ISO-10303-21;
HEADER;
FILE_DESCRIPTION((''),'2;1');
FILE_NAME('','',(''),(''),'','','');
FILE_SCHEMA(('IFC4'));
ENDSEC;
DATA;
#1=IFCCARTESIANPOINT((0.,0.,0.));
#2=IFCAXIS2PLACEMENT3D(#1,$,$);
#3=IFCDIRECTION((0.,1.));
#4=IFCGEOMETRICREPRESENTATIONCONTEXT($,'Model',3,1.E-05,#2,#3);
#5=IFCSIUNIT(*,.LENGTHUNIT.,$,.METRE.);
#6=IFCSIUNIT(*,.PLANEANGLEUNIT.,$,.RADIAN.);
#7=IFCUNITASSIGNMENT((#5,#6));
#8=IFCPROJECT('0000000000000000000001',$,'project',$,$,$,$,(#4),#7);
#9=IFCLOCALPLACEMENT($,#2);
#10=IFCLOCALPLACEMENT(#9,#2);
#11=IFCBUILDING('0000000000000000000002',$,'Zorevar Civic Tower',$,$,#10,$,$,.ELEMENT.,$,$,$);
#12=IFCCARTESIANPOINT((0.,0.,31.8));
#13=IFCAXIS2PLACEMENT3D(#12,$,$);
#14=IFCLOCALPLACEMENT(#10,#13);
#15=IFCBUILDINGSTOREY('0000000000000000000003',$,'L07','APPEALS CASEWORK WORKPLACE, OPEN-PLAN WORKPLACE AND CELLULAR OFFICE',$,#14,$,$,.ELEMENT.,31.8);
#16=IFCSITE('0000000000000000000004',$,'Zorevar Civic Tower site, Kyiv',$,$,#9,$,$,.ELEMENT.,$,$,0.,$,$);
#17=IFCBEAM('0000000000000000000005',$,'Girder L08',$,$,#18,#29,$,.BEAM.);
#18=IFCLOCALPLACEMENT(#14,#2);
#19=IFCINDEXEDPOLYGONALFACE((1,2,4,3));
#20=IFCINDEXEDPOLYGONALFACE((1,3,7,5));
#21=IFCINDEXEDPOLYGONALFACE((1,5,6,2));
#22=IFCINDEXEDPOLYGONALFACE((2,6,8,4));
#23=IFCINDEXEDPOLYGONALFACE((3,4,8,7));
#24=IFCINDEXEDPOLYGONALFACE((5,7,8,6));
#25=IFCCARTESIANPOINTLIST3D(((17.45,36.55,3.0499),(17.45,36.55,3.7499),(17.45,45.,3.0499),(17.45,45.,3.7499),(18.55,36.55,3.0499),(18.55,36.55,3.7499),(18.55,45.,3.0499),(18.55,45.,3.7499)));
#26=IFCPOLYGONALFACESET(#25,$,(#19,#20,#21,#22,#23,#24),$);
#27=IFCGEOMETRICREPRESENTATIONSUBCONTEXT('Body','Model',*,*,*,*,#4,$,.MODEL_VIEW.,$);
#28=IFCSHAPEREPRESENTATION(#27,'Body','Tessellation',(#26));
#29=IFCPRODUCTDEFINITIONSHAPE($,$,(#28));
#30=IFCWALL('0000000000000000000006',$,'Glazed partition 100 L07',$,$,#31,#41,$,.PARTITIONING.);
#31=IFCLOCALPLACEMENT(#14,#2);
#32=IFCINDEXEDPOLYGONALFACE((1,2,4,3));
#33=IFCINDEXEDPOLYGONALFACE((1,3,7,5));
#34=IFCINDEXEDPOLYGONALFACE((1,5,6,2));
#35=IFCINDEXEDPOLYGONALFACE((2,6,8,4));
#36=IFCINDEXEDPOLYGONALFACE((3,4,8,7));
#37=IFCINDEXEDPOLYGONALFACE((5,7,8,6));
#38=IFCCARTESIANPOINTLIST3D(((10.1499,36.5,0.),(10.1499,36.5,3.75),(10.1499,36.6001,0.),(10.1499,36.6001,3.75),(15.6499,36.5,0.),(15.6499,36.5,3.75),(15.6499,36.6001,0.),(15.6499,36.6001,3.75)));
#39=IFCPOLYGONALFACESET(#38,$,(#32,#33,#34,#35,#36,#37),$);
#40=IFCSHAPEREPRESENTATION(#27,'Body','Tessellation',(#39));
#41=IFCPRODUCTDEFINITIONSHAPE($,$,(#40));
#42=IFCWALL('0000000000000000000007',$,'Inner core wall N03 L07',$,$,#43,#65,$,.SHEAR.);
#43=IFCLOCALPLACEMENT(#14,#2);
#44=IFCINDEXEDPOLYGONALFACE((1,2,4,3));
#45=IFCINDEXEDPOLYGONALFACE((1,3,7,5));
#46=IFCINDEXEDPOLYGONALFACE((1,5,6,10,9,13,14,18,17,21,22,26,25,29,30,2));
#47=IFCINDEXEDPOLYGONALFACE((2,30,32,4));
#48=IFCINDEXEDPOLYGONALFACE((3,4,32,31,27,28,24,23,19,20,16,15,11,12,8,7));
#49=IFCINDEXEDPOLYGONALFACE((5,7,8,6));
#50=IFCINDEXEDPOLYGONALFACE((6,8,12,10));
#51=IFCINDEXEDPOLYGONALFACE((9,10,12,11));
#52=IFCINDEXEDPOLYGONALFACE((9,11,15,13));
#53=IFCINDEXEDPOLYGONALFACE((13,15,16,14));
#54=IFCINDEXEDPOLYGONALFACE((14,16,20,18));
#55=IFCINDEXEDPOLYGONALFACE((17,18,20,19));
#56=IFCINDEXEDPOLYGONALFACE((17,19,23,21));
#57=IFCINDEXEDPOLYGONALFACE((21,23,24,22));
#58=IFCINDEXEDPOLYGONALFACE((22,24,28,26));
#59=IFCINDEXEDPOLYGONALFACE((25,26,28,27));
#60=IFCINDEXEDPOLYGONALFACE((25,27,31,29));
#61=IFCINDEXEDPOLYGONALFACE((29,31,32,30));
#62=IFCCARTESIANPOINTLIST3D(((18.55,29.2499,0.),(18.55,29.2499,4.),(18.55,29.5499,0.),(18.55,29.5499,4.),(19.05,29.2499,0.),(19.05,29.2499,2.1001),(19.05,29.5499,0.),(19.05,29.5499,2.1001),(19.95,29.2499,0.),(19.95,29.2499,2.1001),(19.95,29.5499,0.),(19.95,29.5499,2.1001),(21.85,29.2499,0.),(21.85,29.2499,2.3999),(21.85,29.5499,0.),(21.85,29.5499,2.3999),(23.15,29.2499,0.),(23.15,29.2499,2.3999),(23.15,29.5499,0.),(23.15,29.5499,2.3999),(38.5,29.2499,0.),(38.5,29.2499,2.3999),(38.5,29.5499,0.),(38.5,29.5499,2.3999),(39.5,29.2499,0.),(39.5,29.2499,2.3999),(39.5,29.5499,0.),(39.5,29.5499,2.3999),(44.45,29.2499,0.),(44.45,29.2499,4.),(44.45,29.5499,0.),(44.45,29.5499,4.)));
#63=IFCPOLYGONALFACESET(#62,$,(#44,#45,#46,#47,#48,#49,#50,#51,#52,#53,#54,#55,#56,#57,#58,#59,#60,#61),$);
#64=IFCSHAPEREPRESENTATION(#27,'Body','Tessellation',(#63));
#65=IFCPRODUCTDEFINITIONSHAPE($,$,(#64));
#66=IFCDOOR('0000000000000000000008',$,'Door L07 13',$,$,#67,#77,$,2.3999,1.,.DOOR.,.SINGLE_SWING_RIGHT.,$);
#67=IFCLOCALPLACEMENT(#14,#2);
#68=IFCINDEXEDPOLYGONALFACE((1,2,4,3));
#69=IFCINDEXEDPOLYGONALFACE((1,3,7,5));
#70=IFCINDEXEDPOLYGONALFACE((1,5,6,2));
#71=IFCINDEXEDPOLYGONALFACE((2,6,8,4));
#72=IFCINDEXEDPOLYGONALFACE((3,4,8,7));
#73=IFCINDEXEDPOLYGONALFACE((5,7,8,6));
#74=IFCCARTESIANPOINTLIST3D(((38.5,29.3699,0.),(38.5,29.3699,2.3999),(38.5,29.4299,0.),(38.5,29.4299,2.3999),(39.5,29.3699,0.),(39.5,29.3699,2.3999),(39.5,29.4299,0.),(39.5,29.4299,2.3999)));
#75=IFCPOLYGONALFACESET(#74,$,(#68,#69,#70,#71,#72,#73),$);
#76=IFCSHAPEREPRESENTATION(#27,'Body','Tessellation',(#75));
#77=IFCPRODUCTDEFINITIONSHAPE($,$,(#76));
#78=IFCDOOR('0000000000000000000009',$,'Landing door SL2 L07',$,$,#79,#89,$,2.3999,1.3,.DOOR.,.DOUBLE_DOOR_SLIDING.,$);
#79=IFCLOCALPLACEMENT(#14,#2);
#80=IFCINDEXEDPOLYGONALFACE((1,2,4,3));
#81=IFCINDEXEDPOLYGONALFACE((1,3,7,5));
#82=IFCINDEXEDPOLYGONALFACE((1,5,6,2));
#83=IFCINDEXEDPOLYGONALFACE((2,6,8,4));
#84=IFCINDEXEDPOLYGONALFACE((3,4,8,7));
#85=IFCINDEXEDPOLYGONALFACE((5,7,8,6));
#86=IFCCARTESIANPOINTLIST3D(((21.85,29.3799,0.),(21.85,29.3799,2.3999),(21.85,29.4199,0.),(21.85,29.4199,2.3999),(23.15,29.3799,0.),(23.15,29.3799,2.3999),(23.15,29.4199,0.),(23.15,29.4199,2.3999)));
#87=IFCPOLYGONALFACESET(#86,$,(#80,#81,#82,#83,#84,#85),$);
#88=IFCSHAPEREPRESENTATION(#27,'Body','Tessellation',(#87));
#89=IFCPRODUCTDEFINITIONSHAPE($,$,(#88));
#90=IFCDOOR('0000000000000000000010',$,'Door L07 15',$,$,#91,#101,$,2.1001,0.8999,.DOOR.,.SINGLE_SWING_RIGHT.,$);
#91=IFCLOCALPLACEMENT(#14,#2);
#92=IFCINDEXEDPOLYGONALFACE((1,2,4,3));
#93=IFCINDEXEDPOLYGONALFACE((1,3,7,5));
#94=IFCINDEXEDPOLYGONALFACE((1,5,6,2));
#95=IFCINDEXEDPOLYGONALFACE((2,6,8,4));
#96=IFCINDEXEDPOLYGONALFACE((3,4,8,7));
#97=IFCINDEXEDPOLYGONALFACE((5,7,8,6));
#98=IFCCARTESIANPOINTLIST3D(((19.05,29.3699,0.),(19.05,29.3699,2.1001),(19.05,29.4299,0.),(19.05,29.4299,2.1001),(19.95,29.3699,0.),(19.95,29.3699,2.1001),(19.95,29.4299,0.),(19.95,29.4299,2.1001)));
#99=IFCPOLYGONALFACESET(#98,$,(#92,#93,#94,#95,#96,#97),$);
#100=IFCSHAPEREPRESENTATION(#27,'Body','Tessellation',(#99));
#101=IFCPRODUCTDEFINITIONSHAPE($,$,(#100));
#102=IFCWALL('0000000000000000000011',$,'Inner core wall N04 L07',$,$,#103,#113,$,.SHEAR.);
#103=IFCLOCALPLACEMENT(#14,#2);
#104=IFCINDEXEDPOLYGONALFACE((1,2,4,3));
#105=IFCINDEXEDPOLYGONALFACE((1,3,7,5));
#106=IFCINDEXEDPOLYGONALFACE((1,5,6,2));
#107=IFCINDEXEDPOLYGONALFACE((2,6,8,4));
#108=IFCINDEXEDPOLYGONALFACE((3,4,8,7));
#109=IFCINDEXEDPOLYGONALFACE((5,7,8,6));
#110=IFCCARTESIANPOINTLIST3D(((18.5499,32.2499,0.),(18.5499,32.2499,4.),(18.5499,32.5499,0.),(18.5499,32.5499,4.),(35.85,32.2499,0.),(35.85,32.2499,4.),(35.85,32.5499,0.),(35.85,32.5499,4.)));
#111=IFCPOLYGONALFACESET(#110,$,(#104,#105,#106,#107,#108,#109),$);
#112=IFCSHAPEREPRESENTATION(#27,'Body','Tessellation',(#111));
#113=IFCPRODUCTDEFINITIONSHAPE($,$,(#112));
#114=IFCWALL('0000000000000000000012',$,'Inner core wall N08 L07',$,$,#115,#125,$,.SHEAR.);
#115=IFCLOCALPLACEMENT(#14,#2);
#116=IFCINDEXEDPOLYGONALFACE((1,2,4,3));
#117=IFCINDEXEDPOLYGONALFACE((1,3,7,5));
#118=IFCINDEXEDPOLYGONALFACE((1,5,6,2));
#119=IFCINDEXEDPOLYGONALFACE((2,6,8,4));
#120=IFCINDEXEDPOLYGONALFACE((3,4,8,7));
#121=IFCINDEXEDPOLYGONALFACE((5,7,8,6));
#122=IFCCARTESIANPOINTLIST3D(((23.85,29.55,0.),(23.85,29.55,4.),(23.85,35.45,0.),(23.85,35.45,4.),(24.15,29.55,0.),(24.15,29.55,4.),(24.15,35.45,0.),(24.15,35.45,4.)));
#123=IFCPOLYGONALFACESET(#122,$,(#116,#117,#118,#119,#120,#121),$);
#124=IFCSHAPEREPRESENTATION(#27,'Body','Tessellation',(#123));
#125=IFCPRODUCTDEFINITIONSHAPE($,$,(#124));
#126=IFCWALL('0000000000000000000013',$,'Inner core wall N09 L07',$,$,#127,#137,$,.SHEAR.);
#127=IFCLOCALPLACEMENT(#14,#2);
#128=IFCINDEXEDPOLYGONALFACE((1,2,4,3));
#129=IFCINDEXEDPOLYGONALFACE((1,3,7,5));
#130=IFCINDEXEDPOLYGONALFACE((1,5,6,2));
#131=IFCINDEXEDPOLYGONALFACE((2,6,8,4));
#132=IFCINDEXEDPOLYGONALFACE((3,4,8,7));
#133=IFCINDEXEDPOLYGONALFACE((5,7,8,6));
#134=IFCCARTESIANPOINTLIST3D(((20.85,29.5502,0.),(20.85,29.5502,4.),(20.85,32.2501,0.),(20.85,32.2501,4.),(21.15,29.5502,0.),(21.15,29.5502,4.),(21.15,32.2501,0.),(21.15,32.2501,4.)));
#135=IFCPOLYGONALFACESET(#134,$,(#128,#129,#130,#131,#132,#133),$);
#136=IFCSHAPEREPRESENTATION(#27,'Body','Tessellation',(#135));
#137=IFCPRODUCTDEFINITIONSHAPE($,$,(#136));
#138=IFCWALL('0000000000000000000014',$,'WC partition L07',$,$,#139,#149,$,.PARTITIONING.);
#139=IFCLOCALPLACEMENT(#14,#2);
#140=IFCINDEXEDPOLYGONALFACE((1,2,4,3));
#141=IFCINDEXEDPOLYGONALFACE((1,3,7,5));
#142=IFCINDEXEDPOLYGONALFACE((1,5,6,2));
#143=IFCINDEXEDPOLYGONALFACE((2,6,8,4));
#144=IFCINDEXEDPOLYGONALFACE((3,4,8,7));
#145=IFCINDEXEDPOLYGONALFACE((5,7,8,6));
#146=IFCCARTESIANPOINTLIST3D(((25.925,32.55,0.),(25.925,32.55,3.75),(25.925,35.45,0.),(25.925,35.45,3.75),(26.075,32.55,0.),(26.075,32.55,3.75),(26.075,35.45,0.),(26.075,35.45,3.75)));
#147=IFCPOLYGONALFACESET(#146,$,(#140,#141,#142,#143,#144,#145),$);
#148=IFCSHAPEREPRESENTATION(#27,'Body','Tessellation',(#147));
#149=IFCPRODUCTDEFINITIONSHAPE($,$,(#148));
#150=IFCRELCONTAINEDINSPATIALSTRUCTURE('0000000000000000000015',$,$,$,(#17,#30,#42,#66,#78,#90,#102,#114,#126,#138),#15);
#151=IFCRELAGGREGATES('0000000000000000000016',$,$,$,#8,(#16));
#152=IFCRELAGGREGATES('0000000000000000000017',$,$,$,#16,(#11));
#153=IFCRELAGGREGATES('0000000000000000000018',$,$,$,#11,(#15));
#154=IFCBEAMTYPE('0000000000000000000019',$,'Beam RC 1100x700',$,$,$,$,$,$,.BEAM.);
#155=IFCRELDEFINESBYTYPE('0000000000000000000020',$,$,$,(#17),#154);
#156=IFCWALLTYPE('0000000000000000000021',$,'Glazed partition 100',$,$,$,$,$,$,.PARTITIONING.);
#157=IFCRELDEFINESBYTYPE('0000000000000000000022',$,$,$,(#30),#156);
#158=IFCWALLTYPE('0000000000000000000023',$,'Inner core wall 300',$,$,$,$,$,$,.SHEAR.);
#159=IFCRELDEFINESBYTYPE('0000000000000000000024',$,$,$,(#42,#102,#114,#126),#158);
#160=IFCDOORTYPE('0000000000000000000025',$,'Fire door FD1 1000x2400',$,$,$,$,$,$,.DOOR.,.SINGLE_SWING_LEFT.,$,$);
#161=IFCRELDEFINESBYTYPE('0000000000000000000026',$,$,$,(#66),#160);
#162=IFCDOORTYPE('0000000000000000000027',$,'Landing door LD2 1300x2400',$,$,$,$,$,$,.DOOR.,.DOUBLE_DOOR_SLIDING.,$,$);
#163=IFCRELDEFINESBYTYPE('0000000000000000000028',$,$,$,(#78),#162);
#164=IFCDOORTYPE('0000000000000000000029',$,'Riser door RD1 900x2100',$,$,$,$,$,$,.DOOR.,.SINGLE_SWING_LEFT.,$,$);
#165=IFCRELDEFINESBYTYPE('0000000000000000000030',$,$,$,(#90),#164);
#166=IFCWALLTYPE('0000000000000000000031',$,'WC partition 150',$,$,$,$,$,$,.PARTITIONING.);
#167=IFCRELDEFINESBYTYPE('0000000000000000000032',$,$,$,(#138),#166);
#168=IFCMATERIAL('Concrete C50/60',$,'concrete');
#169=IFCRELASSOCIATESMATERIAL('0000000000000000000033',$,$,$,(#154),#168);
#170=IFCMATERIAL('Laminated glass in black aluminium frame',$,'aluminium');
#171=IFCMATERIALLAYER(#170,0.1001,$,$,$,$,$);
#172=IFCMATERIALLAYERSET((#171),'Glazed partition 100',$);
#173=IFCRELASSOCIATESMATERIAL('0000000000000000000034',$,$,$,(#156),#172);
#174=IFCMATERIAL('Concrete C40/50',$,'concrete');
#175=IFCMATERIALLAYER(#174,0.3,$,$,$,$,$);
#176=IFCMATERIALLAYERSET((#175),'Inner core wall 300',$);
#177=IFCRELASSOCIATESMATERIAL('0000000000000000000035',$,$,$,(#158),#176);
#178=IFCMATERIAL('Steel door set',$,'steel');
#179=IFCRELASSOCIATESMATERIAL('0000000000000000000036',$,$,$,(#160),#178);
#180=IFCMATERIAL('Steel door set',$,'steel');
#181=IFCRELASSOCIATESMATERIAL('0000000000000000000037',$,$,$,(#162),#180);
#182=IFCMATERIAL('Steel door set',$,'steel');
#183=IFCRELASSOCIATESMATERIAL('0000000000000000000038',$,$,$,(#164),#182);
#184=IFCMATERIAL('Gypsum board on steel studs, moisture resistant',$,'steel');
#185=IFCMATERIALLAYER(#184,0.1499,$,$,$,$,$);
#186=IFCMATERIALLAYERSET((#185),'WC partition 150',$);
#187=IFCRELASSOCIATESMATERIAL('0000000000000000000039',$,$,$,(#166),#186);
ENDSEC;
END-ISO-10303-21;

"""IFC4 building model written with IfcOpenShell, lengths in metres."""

from ifc_helpers import new_model, si_unit, direction, frame, frame_2d, origin, origin_2d, place, context, subcontext, project, spatial, rectangle, extrude, material, layer, layer_set, material_profile, profile_set, type_object, element, fill, save


model = new_model("IFC4")

# Units and contexts
model_context = context("Model", 3, precision=1e-05, world=origin(), true_north=direction((0.0, 1.0)))
body_context = subcontext(model_context, "Body", "Model", "MODEL_VIEW")
ifc_project = project(units=[si_unit("LENGTHUNIT", "METRE"), si_unit("PLANEANGLEUNIT", "RADIAN")], contexts=[model_context])

# Site, building, storey
site_placement = place(None, origin())
site = spatial("IfcSite", under=ifc_project, at=site_placement, Name="Zorevar Civic Tower site, Kyiv", CompositionType="ELEMENT", RefElevation=0.0)
building_placement = place(site_placement, origin())
building = spatial("IfcBuilding", under=site, at=building_placement, Name="Zorevar Civic Tower", CompositionType="ELEMENT")
storey_placement = place(building_placement, frame((0.0, 0.0, 31.8)))
storey = spatial("IfcBuildingStorey", under=building, at=storey_placement, Name="L07", Description="APPEALS CASEWORK WORKPLACE, OPEN-PLAN WORKPLACE AND CELLULAR OFFICE", CompositionType="ELEMENT", Elevation=31.8)

# Beam
ifc_material_1 = material(Name="Concrete C50/60", Category="concrete")
ifc_material_profile = material_profile(ifc_material_1, rectangle(XDim=1.1001, YDim=0.7, at=origin_2d()), Name="RC 1100x700")
ifc_profile_set = profile_set([ifc_material_profile], Name="Concrete C50/60")
beam_type = type_object("IfcBeamType", Name="Beam RC 1100x700", PredefinedType="BEAM", material=ifc_profile_set)
beam_placement = place(storey_placement, frame((18.0, 36.55, 3.3999), z_axis=(0.0, 1.0, 0.0), x_axis=(-1.0, 0.0, 0.0)))
element("IfcBeam", 1, at=beam_placement, inside=storey, type_object=beam_type, Name="Girder L08", PredefinedType="BEAM", context=body_context, shape_type="SweptSolid", body=[
    extrude(rectangle(XDim=1.1001, YDim=0.7, at=origin_2d()), origin(), (0.0, 0.0, 1.0), 8.45),
])

# Wall
ifc_material_2 = material(Name="Laminated glass in black aluminium frame", Category="aluminium")
ifc_layer_1 = layer(ifc_material_2, 0.1001)
ifc_layer_set_1 = layer_set([ifc_layer_1], Name="Glazed partition 100")
wall_type_1 = type_object("IfcWallType", Name="Glazed partition 100", PredefinedType="PARTITIONING", material=ifc_layer_set_1)
wall_1_placement = place(storey_placement, frame((10.1499, 36.55, 0.0), z_axis=(0.0, 0.0, 1.0), x_axis=(1.0, 0.0, 0.0)))
element("IfcWall", 2, at=wall_1_placement, inside=storey, type_object=wall_type_1, Name="Glazed partition 100 L07", PredefinedType="PARTITIONING", context=body_context, shape_type="SweptSolid", body=[
    extrude(rectangle(XDim=5.5, YDim=0.1001, at=frame_2d((2.75, 0.0))), origin(), (0.0, 0.0, 1.0), 3.75),
])

# Wall, openings, doors
ifc_material_3 = material(Name="Concrete C40/50", Category="concrete")
ifc_layer_2 = layer(ifc_material_3, 0.3)
ifc_layer_set_2 = layer_set([ifc_layer_2], Name="Inner core wall 300")
wall_type_2 = type_object("IfcWallType", Name="Inner core wall 300", PredefinedType="SHEAR", material=ifc_layer_set_2)
wall_2_placement = place(storey_placement, frame((18.55, 29.3999, 0.0), z_axis=(0.0, 0.0, 1.0), x_axis=(1.0, 0.0, 0.0)))
wall_2 = element("IfcWall", 3, at=wall_2_placement, inside=storey, type_object=wall_type_2, Name="Inner core wall N03 L07", PredefinedType="SHEAR", context=body_context, shape_type="SweptSolid", body=[
    extrude(rectangle(XDim=25.8999, YDim=0.3, at=frame_2d((12.95, 0.0))), origin(), (0.0, 0.0, 1.0), 4.0),
])
opening_1_placement = place(wall_2_placement, frame((19.95, 0.0, 0.0)))
opening_1 = element("IfcOpeningElement", 4, at=opening_1_placement, cuts=wall_2, PredefinedType="OPENING", context=body_context, shape_type="SweptSolid", body=[
    extrude(rectangle(XDim=1.0, YDim=2.3999, at=frame_2d((0.5, 1.2))), frame((0.0, 0.1599, 0.0), z_axis=(0.0, -1.0, 0.0), x_axis=(1.0, 0.0, 0.0)), (0.0, 0.0, 1.0), 0.3201),
])
opening_2_placement = place(wall_2_placement, frame((0.5, 0.0, 0.0)))
opening_2 = element("IfcOpeningElement", 5, at=opening_2_placement, cuts=wall_2, PredefinedType="OPENING", context=body_context, shape_type="SweptSolid", body=[
    extrude(rectangle(XDim=0.8999, YDim=2.1001, at=frame_2d((0.45, 1.05))), frame((0.0, 0.1599, 0.0), z_axis=(0.0, -1.0, 0.0), x_axis=(1.0, 0.0, 0.0)), (0.0, 0.0, 1.0), 0.3201),
])
opening_3_placement = place(wall_2_placement, frame((3.3, 0.0, 0.0)))
opening_3 = element("IfcOpeningElement", 6, at=opening_3_placement, cuts=wall_2, PredefinedType="OPENING", context=body_context, shape_type="SweptSolid", body=[
    extrude(rectangle(XDim=1.3, YDim=2.3999, at=frame_2d((0.6499, 1.2))), frame((0.0, 0.1599, 0.0), z_axis=(0.0, -1.0, 0.0), x_axis=(1.0, 0.0, 0.0)), (0.0, 0.0, 1.0), 0.3201),
])
ifc_material_4 = material(Name="Steel door set", Category="steel")
door_type_1 = type_object("IfcDoorType", Name="Fire door FD1 1000x2400", OperationType="SINGLE_SWING_LEFT", PredefinedType="DOOR", material=ifc_material_4)
door_1_placement = place(opening_1_placement, origin())
door_1 = element("IfcDoor", 7, at=door_1_placement, inside=storey, type_object=door_type_1, Name="Door L07 13", OperationType="SINGLE_SWING_RIGHT", OverallHeight=2.3999, OverallWidth=1.0, PredefinedType="DOOR", context=body_context, shape_type="SweptSolid", body=[
    extrude(rectangle(XDim=1.0, YDim=2.3999, at=frame_2d((0.5, 1.2))), frame((0.0, 0.03, 0.0), z_axis=(0.0, -1.0, 0.0), x_axis=(1.0, 0.0, 0.0)), (0.0, 0.0, 1.0), 0.0601),
])
fill(opening_1, door_1)
ifc_material_5 = material(Name="Steel door set", Category="steel")
door_type_2 = type_object("IfcDoorType", Name="Landing door LD2 1300x2400", OperationType="DOUBLE_DOOR_SLIDING", PredefinedType="DOOR", material=ifc_material_5)
door_2_placement = place(opening_3_placement, origin())
door_2 = element("IfcDoor", 8, at=door_2_placement, inside=storey, type_object=door_type_2, Name="Landing door SL2 L07", OperationType="DOUBLE_DOOR_SLIDING", OverallHeight=2.3999, OverallWidth=1.3, PredefinedType="DOOR", context=body_context, shape_type="SweptSolid", body=[
    extrude(rectangle(XDim=1.3, YDim=2.3999, at=frame_2d((0.6499, 1.2))), frame((0.0, 0.02, 0.0), z_axis=(0.0, -1.0, 0.0), x_axis=(1.0, 0.0, 0.0)), (0.0, 0.0, 1.0), 0.04),
])
fill(opening_3, door_2)
ifc_material_6 = material(Name="Steel door set", Category="steel")
door_type_3 = type_object("IfcDoorType", Name="Riser door RD1 900x2100", OperationType="SINGLE_SWING_LEFT", PredefinedType="DOOR", material=ifc_material_6)
door_3_placement = place(opening_2_placement, origin())
door_3 = element("IfcDoor", 9, at=door_3_placement, inside=storey, type_object=door_type_3, Name="Door L07 15", OperationType="SINGLE_SWING_RIGHT", OverallHeight=2.1001, OverallWidth=0.8999, PredefinedType="DOOR", context=body_context, shape_type="SweptSolid", body=[
    extrude(rectangle(XDim=0.8999, YDim=2.1001, at=frame_2d((0.45, 1.05))), frame((0.0, 0.03, 0.0), z_axis=(0.0, -1.0, 0.0), x_axis=(1.0, 0.0, 0.0)), (0.0, 0.0, 1.0), 0.0601),
])
fill(opening_2, door_3)

# Walls
wall_3_placement = place(storey_placement, frame((18.55, 32.3999, 0.0), z_axis=(0.0, 0.0, 1.0), x_axis=(1.0, 0.0, 0.0)))
element("IfcWall", 10, at=wall_3_placement, inside=storey, type_object=wall_type_2, Name="Inner core wall N04 L07", PredefinedType="SHEAR", context=body_context, shape_type="SweptSolid", body=[
    extrude(rectangle(XDim=17.3, YDim=0.3, at=frame_2d((8.6499, 0.0))), origin(), (0.0, 0.0, 1.0), 4.0),
])
wall_4_placement = place(storey_placement, frame((24.0, 29.55, 0.0), z_axis=(0.0, 0.0, 1.0), x_axis=(0.0, 1.0, 0.0)))
element("IfcWall", 11, at=wall_4_placement, inside=storey, type_object=wall_type_2, Name="Inner core wall N08 L07", PredefinedType="SHEAR", context=body_context, shape_type="SweptSolid", body=[
    extrude(rectangle(XDim=5.8999, YDim=0.3, at=frame_2d((2.95, 0.0))), origin(), (0.0, 0.0, 1.0), 4.0),
])
wall_5_placement = place(storey_placement, frame((21.0, 29.55, 0.0), z_axis=(0.0, 0.0, 1.0), x_axis=(0.0, 1.0, 0.0)))
element("IfcWall", 12, at=wall_5_placement, inside=storey, type_object=wall_type_2, Name="Inner core wall N09 L07", PredefinedType="SHEAR", context=body_context, shape_type="SweptSolid", body=[
    extrude(rectangle(XDim=2.7, YDim=0.3, at=frame_2d((1.3501, 0.0))), origin(), (0.0, 0.0, 1.0), 4.0),
])
ifc_material_7 = material(Name="Gypsum board on steel studs, moisture resistant", Category="steel")
ifc_layer_3 = layer(ifc_material_7, 0.1499)
ifc_layer_set_3 = layer_set([ifc_layer_3], Name="WC partition 150")
wall_type_3 = type_object("IfcWallType", Name="WC partition 150", PredefinedType="PARTITIONING", material=ifc_layer_set_3)
wall_6_placement = place(storey_placement, frame((26.0, 32.55, 0.0), z_axis=(0.0, 0.0, 1.0), x_axis=(0.0, 1.0, 0.0)))
element("IfcWall", 13, at=wall_6_placement, inside=storey, type_object=wall_type_3, Name="WC partition L07", PredefinedType="PARTITIONING", context=body_context, shape_type="SweptSolid", body=[
    extrude(rectangle(XDim=2.8999, YDim=0.1499, at=frame_2d((1.45, 0.0))), origin(), (0.0, 0.0, 1.0), 3.75),
])

save(model, "model.ifc")
